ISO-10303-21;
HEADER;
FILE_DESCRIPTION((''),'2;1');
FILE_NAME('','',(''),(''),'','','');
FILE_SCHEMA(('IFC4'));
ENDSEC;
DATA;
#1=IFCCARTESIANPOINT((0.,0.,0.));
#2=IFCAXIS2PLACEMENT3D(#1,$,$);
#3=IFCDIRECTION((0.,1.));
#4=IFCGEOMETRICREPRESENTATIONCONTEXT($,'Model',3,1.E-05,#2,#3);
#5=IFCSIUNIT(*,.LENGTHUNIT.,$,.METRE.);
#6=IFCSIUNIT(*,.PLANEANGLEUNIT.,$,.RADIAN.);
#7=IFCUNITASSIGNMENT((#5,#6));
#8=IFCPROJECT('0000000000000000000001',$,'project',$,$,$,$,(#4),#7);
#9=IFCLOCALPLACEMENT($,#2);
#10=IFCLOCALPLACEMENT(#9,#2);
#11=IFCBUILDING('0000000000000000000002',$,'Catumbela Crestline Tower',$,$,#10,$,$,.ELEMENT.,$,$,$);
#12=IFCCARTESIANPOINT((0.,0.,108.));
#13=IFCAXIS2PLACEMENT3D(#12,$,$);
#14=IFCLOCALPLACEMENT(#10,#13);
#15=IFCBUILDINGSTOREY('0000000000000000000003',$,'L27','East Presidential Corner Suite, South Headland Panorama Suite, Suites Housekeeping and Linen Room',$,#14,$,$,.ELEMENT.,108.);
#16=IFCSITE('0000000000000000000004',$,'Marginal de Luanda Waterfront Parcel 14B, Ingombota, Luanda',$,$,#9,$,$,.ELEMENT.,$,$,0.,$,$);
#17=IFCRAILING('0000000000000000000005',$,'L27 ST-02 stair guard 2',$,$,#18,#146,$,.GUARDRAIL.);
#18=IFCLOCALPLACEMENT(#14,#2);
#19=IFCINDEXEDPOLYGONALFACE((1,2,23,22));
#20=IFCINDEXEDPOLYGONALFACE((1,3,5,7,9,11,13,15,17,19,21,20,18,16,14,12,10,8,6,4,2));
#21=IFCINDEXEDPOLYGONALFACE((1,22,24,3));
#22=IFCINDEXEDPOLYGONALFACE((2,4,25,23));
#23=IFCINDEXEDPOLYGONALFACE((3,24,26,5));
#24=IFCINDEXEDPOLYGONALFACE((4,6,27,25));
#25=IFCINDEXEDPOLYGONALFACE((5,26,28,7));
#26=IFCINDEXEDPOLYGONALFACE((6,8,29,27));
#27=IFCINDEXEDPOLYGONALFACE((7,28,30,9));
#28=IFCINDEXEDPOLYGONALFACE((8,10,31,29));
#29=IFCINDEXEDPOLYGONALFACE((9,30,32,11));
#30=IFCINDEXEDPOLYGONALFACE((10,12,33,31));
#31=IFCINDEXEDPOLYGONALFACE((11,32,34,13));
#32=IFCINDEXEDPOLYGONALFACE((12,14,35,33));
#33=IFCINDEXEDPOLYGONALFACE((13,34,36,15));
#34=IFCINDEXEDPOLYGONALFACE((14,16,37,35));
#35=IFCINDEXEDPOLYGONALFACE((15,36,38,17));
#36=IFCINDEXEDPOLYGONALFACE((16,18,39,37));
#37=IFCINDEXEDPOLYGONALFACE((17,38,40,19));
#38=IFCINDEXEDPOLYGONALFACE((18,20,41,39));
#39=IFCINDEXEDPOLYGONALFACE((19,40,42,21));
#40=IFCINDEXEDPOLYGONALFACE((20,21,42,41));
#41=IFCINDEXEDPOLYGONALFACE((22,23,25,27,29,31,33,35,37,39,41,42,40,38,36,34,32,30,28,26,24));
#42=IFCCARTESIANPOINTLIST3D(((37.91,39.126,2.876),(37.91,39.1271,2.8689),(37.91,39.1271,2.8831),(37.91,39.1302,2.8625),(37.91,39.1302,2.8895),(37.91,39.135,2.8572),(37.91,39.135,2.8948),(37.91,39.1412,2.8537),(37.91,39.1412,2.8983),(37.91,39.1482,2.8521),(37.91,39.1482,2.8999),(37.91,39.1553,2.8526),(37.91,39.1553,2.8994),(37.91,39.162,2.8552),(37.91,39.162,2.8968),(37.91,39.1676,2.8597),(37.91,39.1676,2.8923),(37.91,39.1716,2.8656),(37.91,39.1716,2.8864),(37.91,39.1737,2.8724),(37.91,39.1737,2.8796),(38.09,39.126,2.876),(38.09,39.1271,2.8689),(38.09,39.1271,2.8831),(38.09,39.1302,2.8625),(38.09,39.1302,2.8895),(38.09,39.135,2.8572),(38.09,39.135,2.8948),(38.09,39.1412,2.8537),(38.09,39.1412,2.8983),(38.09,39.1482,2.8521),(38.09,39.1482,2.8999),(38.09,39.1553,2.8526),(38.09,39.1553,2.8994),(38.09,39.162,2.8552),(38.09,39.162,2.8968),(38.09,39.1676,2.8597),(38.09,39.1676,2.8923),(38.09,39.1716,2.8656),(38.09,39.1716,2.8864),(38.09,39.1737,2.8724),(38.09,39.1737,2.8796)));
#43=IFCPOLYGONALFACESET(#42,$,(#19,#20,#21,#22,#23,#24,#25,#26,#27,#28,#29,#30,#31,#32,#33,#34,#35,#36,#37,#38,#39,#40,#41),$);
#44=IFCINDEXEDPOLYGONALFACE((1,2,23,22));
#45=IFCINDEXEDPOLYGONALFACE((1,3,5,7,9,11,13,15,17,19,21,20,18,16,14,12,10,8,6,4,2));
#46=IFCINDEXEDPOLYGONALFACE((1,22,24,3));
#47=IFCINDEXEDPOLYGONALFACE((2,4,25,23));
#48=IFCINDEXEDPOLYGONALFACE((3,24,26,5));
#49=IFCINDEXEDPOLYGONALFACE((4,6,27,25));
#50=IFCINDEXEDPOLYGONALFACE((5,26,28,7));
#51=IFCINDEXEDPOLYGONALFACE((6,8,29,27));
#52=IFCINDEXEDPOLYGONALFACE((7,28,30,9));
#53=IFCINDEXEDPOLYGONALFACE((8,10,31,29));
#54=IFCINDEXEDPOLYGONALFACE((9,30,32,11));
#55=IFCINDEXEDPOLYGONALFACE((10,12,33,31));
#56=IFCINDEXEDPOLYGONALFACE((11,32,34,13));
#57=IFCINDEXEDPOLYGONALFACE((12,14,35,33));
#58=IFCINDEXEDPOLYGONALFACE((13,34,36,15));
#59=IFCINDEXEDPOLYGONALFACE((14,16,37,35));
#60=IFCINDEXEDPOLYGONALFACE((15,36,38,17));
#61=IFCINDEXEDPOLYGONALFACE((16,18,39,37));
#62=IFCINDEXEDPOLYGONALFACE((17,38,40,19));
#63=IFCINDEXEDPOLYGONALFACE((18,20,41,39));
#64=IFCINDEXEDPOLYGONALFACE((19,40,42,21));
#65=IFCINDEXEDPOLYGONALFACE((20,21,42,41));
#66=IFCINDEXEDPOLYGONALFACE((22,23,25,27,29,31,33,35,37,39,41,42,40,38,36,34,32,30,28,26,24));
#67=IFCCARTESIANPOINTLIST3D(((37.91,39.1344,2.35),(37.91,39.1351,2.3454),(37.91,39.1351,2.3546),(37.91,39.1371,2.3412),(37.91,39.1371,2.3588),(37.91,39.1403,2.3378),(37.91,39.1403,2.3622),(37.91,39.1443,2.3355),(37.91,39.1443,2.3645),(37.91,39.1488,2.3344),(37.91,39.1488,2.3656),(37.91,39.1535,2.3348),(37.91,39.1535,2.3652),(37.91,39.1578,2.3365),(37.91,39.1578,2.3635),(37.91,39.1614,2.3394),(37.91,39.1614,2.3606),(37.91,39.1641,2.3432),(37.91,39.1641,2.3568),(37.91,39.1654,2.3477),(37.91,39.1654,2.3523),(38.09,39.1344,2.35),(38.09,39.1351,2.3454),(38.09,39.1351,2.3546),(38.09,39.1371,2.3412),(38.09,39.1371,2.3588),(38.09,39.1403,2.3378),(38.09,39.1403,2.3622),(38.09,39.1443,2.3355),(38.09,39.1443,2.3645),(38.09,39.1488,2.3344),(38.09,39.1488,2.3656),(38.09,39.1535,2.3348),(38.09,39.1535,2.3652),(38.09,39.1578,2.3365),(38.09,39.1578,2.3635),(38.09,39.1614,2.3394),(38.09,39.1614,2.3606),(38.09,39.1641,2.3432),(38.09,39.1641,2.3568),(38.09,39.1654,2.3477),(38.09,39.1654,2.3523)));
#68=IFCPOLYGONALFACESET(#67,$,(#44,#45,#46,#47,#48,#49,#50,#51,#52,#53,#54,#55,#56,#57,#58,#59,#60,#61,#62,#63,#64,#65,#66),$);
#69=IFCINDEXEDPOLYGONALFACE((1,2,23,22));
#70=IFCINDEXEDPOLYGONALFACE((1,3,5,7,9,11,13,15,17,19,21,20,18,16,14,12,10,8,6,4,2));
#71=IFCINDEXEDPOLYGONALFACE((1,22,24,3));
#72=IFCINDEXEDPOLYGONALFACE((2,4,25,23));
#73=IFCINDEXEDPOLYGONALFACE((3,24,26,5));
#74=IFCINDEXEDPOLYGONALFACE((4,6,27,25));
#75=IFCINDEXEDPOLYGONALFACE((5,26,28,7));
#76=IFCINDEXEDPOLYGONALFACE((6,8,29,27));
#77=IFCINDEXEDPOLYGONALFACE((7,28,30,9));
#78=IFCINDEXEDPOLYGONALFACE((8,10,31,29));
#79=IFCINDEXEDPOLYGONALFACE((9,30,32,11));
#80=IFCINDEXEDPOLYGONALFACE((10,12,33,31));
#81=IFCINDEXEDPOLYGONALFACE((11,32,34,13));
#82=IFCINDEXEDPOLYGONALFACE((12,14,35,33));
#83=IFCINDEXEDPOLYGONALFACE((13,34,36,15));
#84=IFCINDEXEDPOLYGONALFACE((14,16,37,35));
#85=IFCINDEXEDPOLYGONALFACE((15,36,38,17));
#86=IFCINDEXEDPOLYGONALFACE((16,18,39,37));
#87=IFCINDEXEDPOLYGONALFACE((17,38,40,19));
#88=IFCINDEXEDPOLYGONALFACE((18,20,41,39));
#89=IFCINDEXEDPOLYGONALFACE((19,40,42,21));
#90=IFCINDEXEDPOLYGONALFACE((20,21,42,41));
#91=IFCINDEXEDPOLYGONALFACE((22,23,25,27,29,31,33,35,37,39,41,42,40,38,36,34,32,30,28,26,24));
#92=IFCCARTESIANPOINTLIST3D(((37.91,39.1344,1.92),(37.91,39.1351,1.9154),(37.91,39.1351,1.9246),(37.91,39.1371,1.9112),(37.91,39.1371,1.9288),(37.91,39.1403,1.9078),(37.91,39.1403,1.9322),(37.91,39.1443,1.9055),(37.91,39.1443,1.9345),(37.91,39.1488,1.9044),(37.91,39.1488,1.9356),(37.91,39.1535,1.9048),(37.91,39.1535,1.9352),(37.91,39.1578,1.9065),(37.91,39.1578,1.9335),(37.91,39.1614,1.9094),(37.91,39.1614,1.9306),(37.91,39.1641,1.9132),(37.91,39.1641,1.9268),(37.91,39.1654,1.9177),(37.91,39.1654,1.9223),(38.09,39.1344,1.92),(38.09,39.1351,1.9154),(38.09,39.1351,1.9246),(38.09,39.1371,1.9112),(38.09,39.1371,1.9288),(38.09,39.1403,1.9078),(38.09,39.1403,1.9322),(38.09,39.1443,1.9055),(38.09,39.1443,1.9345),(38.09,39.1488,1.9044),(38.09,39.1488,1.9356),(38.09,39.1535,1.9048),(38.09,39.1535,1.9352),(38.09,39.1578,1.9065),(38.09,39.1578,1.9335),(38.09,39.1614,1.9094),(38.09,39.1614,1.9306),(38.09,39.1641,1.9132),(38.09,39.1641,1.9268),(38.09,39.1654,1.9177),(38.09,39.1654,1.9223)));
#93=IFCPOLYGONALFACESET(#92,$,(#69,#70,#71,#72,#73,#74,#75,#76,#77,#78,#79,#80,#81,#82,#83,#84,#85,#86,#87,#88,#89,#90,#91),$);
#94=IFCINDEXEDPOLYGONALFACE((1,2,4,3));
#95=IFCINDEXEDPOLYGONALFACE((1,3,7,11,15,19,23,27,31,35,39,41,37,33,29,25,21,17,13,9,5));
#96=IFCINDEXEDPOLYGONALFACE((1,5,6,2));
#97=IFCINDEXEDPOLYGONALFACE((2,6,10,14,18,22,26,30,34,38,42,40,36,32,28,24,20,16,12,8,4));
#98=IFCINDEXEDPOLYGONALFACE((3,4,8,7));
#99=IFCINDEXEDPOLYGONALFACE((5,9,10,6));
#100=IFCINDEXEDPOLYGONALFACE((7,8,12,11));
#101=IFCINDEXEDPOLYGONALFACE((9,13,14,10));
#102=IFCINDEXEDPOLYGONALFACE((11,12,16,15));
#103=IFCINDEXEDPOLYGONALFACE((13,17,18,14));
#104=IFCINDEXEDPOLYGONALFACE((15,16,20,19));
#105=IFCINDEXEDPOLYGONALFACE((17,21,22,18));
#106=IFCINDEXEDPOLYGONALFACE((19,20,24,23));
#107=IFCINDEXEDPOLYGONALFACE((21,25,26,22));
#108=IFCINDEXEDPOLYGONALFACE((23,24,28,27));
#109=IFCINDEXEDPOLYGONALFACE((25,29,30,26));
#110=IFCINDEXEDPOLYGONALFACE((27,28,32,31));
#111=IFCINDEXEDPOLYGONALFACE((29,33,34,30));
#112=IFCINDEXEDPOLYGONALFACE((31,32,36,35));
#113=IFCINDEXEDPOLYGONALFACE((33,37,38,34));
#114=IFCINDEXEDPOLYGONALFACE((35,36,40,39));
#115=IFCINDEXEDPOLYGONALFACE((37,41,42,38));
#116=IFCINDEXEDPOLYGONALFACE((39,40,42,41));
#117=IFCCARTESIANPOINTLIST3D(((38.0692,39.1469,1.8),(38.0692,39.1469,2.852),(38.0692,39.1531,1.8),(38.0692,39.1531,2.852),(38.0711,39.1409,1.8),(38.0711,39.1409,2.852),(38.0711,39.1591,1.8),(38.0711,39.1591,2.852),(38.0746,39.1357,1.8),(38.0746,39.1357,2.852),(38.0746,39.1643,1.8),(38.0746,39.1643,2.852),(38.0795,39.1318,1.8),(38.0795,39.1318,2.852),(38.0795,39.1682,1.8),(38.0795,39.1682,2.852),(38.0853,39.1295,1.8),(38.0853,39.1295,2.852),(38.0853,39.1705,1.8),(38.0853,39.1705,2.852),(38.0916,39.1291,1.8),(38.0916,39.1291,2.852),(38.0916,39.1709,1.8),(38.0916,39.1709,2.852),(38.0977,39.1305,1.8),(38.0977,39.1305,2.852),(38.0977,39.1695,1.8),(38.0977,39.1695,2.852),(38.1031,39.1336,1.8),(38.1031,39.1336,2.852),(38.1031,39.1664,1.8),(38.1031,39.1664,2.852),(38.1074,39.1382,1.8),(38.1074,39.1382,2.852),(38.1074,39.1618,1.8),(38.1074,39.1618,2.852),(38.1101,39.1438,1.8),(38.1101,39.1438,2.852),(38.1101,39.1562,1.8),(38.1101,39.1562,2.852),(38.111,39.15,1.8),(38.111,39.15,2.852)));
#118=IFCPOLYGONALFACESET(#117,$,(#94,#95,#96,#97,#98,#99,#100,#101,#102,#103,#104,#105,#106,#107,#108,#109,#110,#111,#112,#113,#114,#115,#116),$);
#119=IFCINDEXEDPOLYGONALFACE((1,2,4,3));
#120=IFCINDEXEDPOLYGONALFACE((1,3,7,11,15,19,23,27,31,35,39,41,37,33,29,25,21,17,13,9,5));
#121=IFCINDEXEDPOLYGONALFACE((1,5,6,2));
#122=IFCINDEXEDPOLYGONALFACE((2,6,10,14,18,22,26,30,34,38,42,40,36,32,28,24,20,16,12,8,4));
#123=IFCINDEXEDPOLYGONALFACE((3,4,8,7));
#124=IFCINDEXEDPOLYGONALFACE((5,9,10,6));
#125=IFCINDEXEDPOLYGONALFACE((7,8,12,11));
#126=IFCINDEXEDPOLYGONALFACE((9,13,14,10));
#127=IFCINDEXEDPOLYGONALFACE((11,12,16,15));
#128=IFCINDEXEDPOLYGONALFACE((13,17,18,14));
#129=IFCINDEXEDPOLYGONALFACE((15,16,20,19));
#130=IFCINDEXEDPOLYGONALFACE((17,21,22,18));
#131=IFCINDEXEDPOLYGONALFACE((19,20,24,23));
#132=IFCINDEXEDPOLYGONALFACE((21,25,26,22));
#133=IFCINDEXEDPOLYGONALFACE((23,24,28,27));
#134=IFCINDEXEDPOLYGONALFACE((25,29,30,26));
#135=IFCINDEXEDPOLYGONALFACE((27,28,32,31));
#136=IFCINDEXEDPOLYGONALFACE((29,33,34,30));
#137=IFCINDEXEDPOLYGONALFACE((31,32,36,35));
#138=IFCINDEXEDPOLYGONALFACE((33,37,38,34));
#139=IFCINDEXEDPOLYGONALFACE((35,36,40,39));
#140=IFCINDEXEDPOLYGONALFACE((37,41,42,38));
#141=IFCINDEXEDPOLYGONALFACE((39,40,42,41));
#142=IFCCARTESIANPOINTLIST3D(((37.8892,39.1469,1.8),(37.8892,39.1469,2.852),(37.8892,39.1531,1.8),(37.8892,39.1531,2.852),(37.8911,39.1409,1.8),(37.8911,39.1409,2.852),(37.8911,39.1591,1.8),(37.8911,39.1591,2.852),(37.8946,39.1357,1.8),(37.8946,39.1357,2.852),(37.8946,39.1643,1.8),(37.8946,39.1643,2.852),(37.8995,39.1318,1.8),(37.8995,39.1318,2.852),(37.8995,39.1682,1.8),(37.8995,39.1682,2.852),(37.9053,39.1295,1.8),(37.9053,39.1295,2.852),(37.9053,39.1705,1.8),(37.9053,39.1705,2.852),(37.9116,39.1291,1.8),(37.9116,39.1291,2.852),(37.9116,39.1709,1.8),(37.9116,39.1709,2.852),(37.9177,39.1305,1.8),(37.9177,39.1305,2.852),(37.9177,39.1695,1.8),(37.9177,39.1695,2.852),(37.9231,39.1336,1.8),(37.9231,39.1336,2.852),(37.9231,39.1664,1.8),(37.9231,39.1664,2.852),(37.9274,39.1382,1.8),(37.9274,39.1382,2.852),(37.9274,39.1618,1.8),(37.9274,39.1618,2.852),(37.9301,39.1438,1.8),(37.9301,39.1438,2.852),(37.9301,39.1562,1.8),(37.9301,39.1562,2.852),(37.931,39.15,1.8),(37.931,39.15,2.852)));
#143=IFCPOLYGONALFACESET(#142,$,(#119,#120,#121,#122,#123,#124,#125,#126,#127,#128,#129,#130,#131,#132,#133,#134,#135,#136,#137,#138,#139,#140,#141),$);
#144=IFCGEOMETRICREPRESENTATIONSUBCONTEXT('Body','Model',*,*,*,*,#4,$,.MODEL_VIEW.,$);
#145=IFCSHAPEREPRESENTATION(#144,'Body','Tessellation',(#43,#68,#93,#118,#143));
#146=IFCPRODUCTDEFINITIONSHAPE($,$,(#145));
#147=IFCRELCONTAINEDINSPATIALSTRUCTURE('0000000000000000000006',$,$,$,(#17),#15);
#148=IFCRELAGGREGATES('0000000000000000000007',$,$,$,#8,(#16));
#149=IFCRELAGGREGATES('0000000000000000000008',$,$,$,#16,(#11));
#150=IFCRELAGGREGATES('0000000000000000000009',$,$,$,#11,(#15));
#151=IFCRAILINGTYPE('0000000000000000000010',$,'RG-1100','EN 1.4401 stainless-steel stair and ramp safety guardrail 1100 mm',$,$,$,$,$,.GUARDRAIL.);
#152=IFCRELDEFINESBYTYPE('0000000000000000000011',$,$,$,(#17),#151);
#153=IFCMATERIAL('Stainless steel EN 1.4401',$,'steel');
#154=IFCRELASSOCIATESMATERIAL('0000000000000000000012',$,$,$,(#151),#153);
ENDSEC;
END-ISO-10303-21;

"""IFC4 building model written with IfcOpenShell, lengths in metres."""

from ifc_helpers import new_model, si_unit, direction, frame, origin, origin_2d, place, context, subcontext, project, spatial, circle, extrude, material, type_object, element, save


model = new_model("IFC4")

# Units and contexts
model_context = context("Model", 3, precision=1e-05, world=origin(), true_north=direction((0.0, 1.0)))
body_context = subcontext(model_context, "Body", "Model", "MODEL_VIEW")
ifc_project = project(units=[si_unit("LENGTHUNIT", "METRE"), si_unit("PLANEANGLEUNIT", "RADIAN")], contexts=[model_context])

# Site, building, storey
site_placement = place(None, origin())
site = spatial("IfcSite", under=ifc_project, at=site_placement, Name="Marginal de Luanda Waterfront Parcel 14B, Ingombota, Luanda", CompositionType="ELEMENT", RefElevation=0.0)
building_placement = place(site_placement, origin())
building = spatial("IfcBuilding", under=site, at=building_placement, Name="Catumbela Crestline Tower", CompositionType="ELEMENT")
storey_placement = place(building_placement, frame((0.0, 0.0, 108.0)))
storey = spatial("IfcBuildingStorey", under=building, at=storey_placement, Name="L27", Description="East Presidential Corner Suite, South Headland Panorama Suite, Suites Housekeeping and Linen Room", CompositionType="ELEMENT", Elevation=108.0)

# Shared definitions
ifc_material_1 = material(Name="Stainless steel EN 1.4401", Category="steel")

# Railing
railing_type_1 = type_object("IfcRailingType", Name="RG-1100", Description="EN 1.4401 stainless-steel stair and ramp safety guardrail 1100 mm", PredefinedType="GUARDRAIL", material=ifc_material_1)
railing_1_placement = place(storey_placement, frame((38.09, 39.15, 1.8)))
element("IfcRailing", 1, at=railing_1_placement, inside=storey, type_object=railing_type_1, Name="L27 ST-02 stair guard 2", PredefinedType="GUARDRAIL", context=body_context, shape_type="SweptSolid", body=[
    extrude(circle(Radius=0.024, at=origin_2d()), frame((0.0, 0.0, 1.076), z_axis=(-1.0, 0.0, 0.0), x_axis=(0.0, -1.0, 0.0)), (0.0, 0.0, 1.0), 0.18),
    extrude(circle(Radius=0.0156, at=origin_2d()), frame((0.0, 0.0, 0.55), z_axis=(-1.0, 0.0, 0.0), x_axis=(0.0, -1.0, 0.0)), (0.0, 0.0, 1.0), 0.18),
    extrude(circle(Radius=0.0156, at=origin_2d()), frame((0.0, 0.0, 0.12), z_axis=(-1.0, 0.0, 0.0), x_axis=(0.0, -1.0, 0.0)), (0.0, 0.0, 1.0), 0.18),
    extrude(circle(Radius=0.021, at=origin_2d()), origin(), (0.0, 0.0, 1.0), 1.052),
    extrude(circle(Radius=0.021, at=origin_2d()), frame((-0.18, 0.0, 0.0)), (0.0, 0.0, 1.0), 1.052),
])

save(model, "model.ifc")
